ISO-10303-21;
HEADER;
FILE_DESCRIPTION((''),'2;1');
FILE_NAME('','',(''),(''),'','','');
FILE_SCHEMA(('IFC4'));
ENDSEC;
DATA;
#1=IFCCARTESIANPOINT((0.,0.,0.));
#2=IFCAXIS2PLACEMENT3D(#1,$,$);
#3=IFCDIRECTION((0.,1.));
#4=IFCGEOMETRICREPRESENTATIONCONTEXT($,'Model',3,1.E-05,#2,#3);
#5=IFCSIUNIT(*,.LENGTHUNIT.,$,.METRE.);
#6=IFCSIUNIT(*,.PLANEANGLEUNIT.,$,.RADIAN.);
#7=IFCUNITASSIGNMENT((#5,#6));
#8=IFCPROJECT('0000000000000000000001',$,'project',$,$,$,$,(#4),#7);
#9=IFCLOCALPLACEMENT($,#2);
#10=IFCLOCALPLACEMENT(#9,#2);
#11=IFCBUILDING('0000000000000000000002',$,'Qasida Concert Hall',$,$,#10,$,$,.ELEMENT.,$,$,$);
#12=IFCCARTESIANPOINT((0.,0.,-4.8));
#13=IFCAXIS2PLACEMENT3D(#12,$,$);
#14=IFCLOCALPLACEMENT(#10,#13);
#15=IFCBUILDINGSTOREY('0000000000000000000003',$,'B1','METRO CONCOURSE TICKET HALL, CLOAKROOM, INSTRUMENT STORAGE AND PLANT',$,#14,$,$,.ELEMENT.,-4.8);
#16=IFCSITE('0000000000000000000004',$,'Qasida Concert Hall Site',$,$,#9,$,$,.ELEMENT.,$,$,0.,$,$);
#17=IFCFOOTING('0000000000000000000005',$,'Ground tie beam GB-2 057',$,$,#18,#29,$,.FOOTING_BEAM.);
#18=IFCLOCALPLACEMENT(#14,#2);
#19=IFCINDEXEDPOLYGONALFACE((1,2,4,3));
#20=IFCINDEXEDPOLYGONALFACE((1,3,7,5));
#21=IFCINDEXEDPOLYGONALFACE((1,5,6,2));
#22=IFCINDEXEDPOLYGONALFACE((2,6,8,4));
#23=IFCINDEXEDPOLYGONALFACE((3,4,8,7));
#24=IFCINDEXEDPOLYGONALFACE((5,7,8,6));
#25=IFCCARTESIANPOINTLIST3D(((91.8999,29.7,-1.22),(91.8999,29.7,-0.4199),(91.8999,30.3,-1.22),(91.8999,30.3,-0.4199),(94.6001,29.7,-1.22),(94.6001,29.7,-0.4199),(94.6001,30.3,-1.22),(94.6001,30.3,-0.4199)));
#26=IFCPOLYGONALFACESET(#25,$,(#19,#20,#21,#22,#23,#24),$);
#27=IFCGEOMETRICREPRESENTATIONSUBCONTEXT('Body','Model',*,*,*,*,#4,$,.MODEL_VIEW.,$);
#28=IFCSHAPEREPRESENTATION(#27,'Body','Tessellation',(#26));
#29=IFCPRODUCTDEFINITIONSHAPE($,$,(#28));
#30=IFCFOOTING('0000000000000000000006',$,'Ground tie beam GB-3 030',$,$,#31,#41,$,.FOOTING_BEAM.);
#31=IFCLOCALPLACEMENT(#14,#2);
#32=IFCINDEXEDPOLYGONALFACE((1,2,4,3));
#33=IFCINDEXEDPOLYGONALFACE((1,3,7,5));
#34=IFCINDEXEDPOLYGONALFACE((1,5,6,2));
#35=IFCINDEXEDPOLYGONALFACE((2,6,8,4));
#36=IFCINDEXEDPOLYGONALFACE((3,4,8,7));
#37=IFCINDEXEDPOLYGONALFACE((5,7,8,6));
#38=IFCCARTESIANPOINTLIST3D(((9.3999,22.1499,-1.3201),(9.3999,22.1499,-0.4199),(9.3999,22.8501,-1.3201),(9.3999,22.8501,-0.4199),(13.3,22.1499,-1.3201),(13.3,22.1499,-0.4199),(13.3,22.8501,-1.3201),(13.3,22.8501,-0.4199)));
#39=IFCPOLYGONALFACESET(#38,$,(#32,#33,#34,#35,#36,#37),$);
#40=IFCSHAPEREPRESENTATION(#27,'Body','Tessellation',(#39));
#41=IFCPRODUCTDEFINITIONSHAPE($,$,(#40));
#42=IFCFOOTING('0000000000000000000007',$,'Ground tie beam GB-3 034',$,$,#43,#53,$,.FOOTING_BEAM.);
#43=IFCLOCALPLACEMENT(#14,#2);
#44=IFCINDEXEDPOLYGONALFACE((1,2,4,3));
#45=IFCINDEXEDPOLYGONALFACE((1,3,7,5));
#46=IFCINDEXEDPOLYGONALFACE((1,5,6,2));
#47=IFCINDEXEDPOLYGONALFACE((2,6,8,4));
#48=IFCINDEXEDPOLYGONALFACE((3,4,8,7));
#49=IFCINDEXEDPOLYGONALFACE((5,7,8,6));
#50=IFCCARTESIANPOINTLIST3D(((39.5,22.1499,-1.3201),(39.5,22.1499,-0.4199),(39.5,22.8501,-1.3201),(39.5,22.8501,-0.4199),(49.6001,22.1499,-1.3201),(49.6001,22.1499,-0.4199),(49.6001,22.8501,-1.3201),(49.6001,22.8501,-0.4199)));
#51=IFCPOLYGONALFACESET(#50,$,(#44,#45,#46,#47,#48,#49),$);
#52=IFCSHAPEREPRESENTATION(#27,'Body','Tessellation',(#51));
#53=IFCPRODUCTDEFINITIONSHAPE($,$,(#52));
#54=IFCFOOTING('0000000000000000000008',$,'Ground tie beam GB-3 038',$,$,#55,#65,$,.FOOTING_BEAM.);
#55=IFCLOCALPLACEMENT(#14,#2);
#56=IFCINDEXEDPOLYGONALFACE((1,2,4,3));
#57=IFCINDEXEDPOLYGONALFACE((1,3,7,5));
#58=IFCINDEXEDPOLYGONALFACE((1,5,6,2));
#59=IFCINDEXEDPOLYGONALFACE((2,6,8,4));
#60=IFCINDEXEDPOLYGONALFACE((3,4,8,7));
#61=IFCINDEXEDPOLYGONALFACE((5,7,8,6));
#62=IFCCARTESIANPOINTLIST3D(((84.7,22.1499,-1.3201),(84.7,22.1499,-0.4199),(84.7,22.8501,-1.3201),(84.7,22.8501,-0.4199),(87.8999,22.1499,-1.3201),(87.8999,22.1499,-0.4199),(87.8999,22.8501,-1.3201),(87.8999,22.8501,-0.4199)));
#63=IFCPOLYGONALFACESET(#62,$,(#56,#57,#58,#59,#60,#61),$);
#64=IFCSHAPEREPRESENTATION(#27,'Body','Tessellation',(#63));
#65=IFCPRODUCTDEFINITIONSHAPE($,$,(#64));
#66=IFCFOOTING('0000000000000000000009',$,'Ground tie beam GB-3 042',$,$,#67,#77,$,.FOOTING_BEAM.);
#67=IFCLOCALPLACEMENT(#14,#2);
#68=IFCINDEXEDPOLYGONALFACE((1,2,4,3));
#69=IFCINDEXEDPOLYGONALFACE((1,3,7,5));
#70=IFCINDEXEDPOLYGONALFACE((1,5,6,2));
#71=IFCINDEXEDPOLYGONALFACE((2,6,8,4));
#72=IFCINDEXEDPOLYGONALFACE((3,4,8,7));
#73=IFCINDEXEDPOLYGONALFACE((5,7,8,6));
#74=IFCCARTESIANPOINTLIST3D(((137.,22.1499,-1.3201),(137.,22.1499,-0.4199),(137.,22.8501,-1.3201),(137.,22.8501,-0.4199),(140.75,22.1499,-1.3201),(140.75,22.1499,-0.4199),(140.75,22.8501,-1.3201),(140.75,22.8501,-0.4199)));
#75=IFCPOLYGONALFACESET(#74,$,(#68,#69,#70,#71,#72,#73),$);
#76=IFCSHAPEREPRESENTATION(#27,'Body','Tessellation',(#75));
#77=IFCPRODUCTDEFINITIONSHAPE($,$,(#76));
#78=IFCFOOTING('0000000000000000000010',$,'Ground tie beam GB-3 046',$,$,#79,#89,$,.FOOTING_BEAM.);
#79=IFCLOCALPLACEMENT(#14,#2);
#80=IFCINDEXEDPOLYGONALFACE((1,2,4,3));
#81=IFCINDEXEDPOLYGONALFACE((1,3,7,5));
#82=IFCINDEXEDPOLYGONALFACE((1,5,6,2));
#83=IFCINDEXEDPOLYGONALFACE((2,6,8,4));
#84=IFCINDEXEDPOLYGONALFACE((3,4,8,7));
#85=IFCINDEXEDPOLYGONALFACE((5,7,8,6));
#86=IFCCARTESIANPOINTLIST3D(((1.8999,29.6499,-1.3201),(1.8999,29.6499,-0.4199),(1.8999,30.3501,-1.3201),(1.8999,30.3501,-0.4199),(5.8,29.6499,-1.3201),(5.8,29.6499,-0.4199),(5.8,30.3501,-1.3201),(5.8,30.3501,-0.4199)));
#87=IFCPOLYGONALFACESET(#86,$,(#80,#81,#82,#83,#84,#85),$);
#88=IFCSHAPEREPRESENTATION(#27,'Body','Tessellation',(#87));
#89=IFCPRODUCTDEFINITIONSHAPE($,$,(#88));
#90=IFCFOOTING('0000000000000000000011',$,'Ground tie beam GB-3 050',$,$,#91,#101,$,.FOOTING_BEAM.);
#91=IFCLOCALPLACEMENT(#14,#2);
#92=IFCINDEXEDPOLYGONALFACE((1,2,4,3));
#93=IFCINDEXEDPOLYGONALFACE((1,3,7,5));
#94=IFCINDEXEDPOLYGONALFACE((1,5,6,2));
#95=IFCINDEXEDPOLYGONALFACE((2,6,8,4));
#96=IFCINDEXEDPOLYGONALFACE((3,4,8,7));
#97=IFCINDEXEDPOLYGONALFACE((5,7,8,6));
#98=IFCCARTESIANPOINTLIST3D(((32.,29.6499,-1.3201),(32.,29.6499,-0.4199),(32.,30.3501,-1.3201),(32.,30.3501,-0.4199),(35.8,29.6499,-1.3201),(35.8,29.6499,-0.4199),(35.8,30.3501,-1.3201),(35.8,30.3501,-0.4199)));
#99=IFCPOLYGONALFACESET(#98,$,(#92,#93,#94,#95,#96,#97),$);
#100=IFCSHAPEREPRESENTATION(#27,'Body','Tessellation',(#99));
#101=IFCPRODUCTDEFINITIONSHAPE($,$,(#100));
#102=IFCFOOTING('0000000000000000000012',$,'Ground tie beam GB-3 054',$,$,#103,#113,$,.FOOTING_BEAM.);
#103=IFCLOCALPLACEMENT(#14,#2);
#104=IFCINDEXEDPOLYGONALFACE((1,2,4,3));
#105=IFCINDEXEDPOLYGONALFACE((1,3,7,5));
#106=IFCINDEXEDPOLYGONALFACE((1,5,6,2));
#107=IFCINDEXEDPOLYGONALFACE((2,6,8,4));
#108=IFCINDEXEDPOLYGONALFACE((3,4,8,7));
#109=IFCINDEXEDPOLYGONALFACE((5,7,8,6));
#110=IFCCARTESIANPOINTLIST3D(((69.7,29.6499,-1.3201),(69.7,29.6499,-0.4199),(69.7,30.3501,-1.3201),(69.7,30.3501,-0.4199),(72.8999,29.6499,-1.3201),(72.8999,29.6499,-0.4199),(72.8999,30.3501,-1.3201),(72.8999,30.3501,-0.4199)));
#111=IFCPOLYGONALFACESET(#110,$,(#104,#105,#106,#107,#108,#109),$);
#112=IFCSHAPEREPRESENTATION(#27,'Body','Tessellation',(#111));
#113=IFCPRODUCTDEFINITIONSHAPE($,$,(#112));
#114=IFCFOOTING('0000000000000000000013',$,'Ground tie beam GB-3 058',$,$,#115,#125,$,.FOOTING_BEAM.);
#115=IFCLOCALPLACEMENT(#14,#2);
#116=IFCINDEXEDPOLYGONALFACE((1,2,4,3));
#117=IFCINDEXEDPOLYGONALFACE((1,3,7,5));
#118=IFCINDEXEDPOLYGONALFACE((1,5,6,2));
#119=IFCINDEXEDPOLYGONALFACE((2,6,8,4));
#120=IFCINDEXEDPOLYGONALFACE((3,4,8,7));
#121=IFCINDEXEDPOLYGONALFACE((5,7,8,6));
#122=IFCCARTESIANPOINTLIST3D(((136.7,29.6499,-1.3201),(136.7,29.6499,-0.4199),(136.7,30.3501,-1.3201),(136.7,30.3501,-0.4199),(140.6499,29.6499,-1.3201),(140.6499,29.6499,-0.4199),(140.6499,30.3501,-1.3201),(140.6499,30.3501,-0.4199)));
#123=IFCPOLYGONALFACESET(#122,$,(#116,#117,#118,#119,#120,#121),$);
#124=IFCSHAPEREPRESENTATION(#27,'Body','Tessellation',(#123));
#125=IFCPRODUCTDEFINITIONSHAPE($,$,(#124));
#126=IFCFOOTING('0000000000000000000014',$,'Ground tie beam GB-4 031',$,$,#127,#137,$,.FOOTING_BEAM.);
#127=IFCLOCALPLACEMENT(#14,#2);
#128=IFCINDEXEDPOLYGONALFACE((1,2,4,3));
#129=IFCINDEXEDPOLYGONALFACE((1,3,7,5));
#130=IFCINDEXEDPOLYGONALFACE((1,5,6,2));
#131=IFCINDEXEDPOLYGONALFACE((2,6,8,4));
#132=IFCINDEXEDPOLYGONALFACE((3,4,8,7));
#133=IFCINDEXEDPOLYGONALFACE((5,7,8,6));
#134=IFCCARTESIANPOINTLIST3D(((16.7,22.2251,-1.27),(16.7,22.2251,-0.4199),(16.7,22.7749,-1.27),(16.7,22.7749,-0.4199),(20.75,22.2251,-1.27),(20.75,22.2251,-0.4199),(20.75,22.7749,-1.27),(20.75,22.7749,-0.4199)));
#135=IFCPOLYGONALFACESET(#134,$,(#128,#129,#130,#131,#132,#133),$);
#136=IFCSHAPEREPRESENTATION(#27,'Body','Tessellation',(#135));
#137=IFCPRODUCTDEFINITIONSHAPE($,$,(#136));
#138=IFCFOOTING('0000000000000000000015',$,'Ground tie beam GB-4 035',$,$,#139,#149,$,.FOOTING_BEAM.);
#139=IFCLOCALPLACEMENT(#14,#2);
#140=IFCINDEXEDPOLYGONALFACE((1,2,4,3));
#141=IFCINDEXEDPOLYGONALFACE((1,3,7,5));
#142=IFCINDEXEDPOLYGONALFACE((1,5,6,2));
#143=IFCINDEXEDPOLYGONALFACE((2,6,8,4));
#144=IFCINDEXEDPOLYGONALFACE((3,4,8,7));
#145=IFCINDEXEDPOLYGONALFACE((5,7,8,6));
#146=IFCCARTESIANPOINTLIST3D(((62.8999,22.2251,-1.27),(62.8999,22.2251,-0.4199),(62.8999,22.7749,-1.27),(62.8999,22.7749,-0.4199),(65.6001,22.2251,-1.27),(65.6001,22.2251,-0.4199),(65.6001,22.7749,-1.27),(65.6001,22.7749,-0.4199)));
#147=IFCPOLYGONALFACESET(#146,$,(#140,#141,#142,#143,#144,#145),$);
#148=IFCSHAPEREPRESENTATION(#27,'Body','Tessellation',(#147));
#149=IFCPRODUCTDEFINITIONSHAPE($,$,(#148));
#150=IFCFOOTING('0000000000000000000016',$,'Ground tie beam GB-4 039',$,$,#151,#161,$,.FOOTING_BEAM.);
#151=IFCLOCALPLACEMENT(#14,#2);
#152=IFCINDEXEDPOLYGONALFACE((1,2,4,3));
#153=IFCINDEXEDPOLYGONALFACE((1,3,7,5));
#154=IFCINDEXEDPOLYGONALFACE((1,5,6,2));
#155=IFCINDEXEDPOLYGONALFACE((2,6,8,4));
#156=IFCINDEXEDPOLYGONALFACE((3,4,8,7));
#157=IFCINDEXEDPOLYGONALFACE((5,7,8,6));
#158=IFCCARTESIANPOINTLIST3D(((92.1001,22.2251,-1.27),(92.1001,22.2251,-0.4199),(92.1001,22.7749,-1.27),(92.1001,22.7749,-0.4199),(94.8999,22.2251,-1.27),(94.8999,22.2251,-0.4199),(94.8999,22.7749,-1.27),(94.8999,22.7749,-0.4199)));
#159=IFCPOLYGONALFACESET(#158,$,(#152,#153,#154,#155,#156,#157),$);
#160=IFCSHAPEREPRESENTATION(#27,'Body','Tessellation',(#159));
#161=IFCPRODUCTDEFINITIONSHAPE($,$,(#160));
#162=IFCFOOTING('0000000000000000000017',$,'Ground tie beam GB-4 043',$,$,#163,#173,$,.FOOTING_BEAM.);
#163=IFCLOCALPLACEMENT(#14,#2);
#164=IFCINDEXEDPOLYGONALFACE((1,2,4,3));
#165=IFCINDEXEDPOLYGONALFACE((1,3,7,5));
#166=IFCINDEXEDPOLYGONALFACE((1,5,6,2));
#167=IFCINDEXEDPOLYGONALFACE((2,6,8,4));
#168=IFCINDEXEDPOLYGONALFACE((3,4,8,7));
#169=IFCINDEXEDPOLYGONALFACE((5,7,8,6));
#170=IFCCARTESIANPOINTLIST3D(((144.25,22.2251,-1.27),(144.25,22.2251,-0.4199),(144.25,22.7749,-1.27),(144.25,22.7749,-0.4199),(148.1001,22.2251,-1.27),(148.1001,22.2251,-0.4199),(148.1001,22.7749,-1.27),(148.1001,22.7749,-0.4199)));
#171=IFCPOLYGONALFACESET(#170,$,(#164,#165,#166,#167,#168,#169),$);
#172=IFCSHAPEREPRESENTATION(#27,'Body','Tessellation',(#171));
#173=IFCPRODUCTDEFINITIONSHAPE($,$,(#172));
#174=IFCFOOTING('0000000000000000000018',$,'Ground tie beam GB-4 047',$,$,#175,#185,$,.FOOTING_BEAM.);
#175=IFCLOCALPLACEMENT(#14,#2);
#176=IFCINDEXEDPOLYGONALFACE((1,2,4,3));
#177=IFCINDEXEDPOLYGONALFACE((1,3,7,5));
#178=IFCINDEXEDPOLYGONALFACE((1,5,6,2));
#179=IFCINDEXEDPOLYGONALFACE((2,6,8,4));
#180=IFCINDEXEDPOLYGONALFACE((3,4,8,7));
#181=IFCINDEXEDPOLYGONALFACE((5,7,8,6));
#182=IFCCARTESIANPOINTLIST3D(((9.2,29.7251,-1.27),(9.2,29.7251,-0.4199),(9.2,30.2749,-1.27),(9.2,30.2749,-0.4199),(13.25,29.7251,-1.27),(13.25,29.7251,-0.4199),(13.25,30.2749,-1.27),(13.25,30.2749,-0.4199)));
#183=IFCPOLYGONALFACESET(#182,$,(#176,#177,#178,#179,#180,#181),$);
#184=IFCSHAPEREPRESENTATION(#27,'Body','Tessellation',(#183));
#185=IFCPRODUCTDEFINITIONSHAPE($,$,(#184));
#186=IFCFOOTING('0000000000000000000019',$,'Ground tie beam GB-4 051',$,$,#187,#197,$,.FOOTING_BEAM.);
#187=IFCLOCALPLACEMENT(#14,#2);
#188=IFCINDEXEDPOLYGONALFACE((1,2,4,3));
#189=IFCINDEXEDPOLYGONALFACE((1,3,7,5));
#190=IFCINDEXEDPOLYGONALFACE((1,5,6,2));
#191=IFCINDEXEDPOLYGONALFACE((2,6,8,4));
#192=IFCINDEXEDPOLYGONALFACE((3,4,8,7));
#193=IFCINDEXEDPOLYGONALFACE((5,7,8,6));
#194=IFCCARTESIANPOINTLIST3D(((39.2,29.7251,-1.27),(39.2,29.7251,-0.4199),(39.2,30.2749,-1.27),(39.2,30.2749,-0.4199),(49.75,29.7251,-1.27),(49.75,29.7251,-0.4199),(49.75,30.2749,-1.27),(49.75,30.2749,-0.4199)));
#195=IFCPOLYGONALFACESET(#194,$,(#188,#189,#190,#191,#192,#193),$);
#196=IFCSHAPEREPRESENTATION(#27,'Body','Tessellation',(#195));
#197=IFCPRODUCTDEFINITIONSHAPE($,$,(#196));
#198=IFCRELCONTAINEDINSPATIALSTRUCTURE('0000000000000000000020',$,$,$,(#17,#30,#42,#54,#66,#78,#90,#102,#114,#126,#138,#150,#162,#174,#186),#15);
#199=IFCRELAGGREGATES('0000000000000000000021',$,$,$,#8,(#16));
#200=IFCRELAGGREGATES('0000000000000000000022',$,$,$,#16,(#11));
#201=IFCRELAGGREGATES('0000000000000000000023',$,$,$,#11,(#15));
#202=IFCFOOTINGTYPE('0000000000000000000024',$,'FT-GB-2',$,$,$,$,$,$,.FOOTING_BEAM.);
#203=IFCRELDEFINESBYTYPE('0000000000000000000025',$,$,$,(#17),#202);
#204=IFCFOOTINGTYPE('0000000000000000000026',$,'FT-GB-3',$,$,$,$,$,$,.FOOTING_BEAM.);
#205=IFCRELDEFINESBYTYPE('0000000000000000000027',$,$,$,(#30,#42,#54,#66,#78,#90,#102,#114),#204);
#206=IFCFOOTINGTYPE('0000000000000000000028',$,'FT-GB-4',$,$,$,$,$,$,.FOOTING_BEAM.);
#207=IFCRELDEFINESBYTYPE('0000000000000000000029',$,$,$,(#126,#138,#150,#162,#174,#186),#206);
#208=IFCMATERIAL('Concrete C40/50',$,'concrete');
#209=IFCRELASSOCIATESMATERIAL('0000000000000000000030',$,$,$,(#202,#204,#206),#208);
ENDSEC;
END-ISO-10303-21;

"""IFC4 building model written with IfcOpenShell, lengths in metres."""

from ifc_helpers import new_model, si_unit, direction, frame, origin, place, context, subcontext, project, spatial, polyline, outline, extrude, material, type_object, element, save


model = new_model("IFC4")

# Units and contexts
model_context = context("Model", 3, precision=1e-05, world=origin(), true_north=direction((0.0, 1.0)))
body_context = subcontext(model_context, "Body", "Model", "MODEL_VIEW")
ifc_project = project(units=[si_unit("LENGTHUNIT", "METRE"), si_unit("PLANEANGLEUNIT", "RADIAN")], contexts=[model_context])

# Site, building, storey
site_placement = place(None, origin())
site = spatial("IfcSite", under=ifc_project, at=site_placement, Name="Qasida Concert Hall Site", CompositionType="ELEMENT", RefElevation=0.0)
building_placement = place(site_placement, origin())
building = spatial("IfcBuilding", under=site, at=building_placement, Name="Qasida Concert Hall", CompositionType="ELEMENT")
storey_placement = place(building_placement, frame((0.0, 0.0, -4.8)))
storey = spatial("IfcBuildingStorey", under=building, at=storey_placement, Name="B1", Description="METRO CONCOURSE TICKET HALL, CLOAKROOM, INSTRUMENT STORAGE AND PLANT", CompositionType="ELEMENT", Elevation=-4.8)

# Footings
ifc_material = material(Name="Concrete C40/50", Category="concrete")
footing_type_1 = type_object("IfcFootingType", Name="FT-GB-2", PredefinedType="FOOTING_BEAM", material=ifc_material)
footing_1_placement = place(storey_placement, frame((0.0, 0.0, -1.22)))
element("IfcFooting", 1, at=footing_1_placement, inside=storey, type_object=footing_type_1, Name="Ground tie beam GB-2 057", PredefinedType="FOOTING_BEAM", context=body_context, shape_type="SweptSolid", body=[
    extrude(outline(polyline([(91.8999, 29.7), (94.6001, 29.7), (94.6001, 30.3), (91.8999, 30.3), (91.8999, 29.7)])), origin(), (0.0, 0.0, 1.0), 0.8),
])
footing_type_2 = type_object("IfcFootingType", Name="FT-GB-3", PredefinedType="FOOTING_BEAM", material=ifc_material)
footing_2_placement = place(storey_placement, frame((0.0, 0.0, -1.3201)))
element("IfcFooting", 2, at=footing_2_placement, inside=storey, type_object=footing_type_2, Name="Ground tie beam GB-3 030", PredefinedType="FOOTING_BEAM", context=body_context, shape_type="SweptSolid", body=[
    extrude(outline(polyline([(9.3999, 22.1499), (13.3, 22.1499), (13.3, 22.8501), (9.3999, 22.8501), (9.3999, 22.1499)])), origin(), (0.0, 0.0, 1.0), 0.9001),
])
footing_3_placement = place(storey_placement, frame((0.0, 0.0, -1.3201)))
element("IfcFooting", 3, at=footing_3_placement, inside=storey, type_object=footing_type_2, Name="Ground tie beam GB-3 034", PredefinedType="FOOTING_BEAM", context=body_context, shape_type="SweptSolid", body=[
    extrude(outline(polyline([(39.5, 22.1499), (49.6001, 22.1499), (49.6001, 22.8501), (39.5, 22.8501), (39.5, 22.1499)])), origin(), (0.0, 0.0, 1.0), 0.9001),
])
footing_4_placement = place(storey_placement, frame((0.0, 0.0, -1.3201)))
element("IfcFooting", 4, at=footing_4_placement, inside=storey, type_object=footing_type_2, Name="Ground tie beam GB-3 038", PredefinedType="FOOTING_BEAM", context=body_context, shape_type="SweptSolid", body=[
    extrude(outline(polyline([(84.7, 22.1499), (87.8999, 22.1499), (87.8999, 22.8501), (84.7, 22.8501), (84.7, 22.1499)])), origin(), (0.0, 0.0, 1.0), 0.9001),
])
footing_5_placement = place(storey_placement, frame((0.0, 0.0, -1.3201)))
element("IfcFooting", 5, at=footing_5_placement, inside=storey, type_object=footing_type_2, Name="Ground tie beam GB-3 042", PredefinedType="FOOTING_BEAM", context=body_context, shape_type="SweptSolid", body=[
    extrude(outline(polyline([(137.0, 22.1499), (140.75, 22.1499), (140.75, 22.8501), (137.0, 22.8501), (137.0, 22.1499)])), origin(), (0.0, 0.0, 1.0), 0.9001),
])
footing_6_placement = place(storey_placement, frame((0.0, 0.0, -1.3201)))
element("IfcFooting", 6, at=footing_6_placement, inside=storey, type_object=footing_type_2, Name="Ground tie beam GB-3 046", PredefinedType="FOOTING_BEAM", context=body_context, shape_type="SweptSolid", body=[
    extrude(outline(polyline([(1.8999, 29.6499), (5.8, 29.6499), (5.8, 30.3501), (1.8999, 30.3501), (1.8999, 29.6499)])), origin(), (0.0, 0.0, 1.0), 0.9001),
])
footing_7_placement = place(storey_placement, frame((0.0, 0.0, -1.3201)))
element("IfcFooting", 7, at=footing_7_placement, inside=storey, type_object=footing_type_2, Name="Ground tie beam GB-3 050", PredefinedType="FOOTING_BEAM", context=body_context, shape_type="SweptSolid", body=[
    extrude(outline(polyline([(32.0, 29.6499), (35.8, 29.6499), (35.8, 30.3501), (32.0, 30.3501), (32.0, 29.6499)])), origin(), (0.0, 0.0, 1.0), 0.9001),
])
footing_8_placement = place(storey_placement, frame((0.0, 0.0, -1.3201)))
element("IfcFooting", 8, at=footing_8_placement, inside=storey, type_object=footing_type_2, Name="Ground tie beam GB-3 054", PredefinedType="FOOTING_BEAM", context=body_context, shape_type="SweptSolid", body=[
    extrude(outline(polyline([(69.7, 29.6499), (72.8999, 29.6499), (72.8999, 30.3501), (69.7, 30.3501), (69.7, 29.6499)])), origin(), (0.0, 0.0, 1.0), 0.9001),
])
footing_9_placement = place(storey_placement, frame((0.0, 0.0, -1.3201)))
element("IfcFooting", 9, at=footing_9_placement, inside=storey, type_object=footing_type_2, Name="Ground tie beam GB-3 058", PredefinedType="FOOTING_BEAM", context=body_context, shape_type="SweptSolid", body=[
    extrude(outline(polyline([(136.7, 29.6499), (140.6499, 29.6499), (140.6499, 30.3501), (136.7, 30.3501), (136.7, 29.6499)])), origin(), (0.0, 0.0, 1.0), 0.9001),
])
footing_type_3 = type_object("IfcFootingType", Name="FT-GB-4", PredefinedType="FOOTING_BEAM", material=ifc_material)
footing_10_placement = place(storey_placement, frame((0.0, 0.0, -1.27)))
element("IfcFooting", 10, at=footing_10_placement, inside=storey, type_object=footing_type_3, Name="Ground tie beam GB-4 031", PredefinedType="FOOTING_BEAM", context=body_context, shape_type="SweptSolid", body=[
    extrude(outline(polyline([(16.7, 22.2251), (20.75, 22.2251), (20.75, 22.7749), (16.7, 22.7749), (16.7, 22.2251)])), origin(), (0.0, 0.0, 1.0), 0.8501),
])
footing_11_placement = place(storey_placement, frame((0.0, 0.0, -1.27)))
element("IfcFooting", 11, at=footing_11_placement, inside=storey, type_object=footing_type_3, Name="Ground tie beam GB-4 035", PredefinedType="FOOTING_BEAM", context=body_context, shape_type="SweptSolid", body=[
    extrude(outline(polyline([(62.8999, 22.2251), (65.6001, 22.2251), (65.6001, 22.7749), (62.8999, 22.7749), (62.8999, 22.2251)])), origin(), (0.0, 0.0, 1.0), 0.8501),
])
footing_12_placement = place(storey_placement, frame((0.0, 0.0, -1.27)))
element("IfcFooting", 12, at=footing_12_placement, inside=storey, type_object=footing_type_3, Name="Ground tie beam GB-4 039", PredefinedType="FOOTING_BEAM", context=body_context, shape_type="SweptSolid", body=[
    extrude(outline(polyline([(92.1001, 22.2251), (94.8999, 22.2251), (94.8999, 22.7749), (92.1001, 22.7749), (92.1001, 22.2251)])), origin(), (0.0, 0.0, 1.0), 0.8501),
])
footing_13_placement = place(storey_placement, frame((0.0, 0.0, -1.27)))
element("IfcFooting", 13, at=footing_13_placement, inside=storey, type_object=footing_type_3, Name="Ground tie beam GB-4 043", PredefinedType="FOOTING_BEAM", context=body_context, shape_type="SweptSolid", body=[
    extrude(outline(polyline([(144.25, 22.2251), (148.1001, 22.2251), (148.1001, 22.7749), (144.25, 22.7749), (144.25, 22.2251)])), origin(), (0.0, 0.0, 1.0), 0.8501),
])
footing_14_placement = place(storey_placement, frame((0.0, 0.0, -1.27)))
element("IfcFooting", 14, at=footing_14_placement, inside=storey, type_object=footing_type_3, Name="Ground tie beam GB-4 047", PredefinedType="FOOTING_BEAM", context=body_context, shape_type="SweptSolid", body=[
    extrude(outline(polyline([(9.2, 29.7251), (13.25, 29.7251), (13.25, 30.2749), (9.2, 30.2749), (9.2, 29.7251)])), origin(), (0.0, 0.0, 1.0), 0.8501),
])
footing_15_placement = place(storey_placement, frame((0.0, 0.0, -1.27)))
element("IfcFooting", 15, at=footing_15_placement, inside=storey, type_object=footing_type_3, Name="Ground tie beam GB-4 051", PredefinedType="FOOTING_BEAM", context=body_context, shape_type="SweptSolid", body=[
    extrude(outline(polyline([(39.2, 29.7251), (49.75, 29.7251), (49.75, 30.2749), (39.2, 30.2749), (39.2, 29.7251)])), origin(), (0.0, 0.0, 1.0), 0.8501),
])

save(model, "model.ifc")
